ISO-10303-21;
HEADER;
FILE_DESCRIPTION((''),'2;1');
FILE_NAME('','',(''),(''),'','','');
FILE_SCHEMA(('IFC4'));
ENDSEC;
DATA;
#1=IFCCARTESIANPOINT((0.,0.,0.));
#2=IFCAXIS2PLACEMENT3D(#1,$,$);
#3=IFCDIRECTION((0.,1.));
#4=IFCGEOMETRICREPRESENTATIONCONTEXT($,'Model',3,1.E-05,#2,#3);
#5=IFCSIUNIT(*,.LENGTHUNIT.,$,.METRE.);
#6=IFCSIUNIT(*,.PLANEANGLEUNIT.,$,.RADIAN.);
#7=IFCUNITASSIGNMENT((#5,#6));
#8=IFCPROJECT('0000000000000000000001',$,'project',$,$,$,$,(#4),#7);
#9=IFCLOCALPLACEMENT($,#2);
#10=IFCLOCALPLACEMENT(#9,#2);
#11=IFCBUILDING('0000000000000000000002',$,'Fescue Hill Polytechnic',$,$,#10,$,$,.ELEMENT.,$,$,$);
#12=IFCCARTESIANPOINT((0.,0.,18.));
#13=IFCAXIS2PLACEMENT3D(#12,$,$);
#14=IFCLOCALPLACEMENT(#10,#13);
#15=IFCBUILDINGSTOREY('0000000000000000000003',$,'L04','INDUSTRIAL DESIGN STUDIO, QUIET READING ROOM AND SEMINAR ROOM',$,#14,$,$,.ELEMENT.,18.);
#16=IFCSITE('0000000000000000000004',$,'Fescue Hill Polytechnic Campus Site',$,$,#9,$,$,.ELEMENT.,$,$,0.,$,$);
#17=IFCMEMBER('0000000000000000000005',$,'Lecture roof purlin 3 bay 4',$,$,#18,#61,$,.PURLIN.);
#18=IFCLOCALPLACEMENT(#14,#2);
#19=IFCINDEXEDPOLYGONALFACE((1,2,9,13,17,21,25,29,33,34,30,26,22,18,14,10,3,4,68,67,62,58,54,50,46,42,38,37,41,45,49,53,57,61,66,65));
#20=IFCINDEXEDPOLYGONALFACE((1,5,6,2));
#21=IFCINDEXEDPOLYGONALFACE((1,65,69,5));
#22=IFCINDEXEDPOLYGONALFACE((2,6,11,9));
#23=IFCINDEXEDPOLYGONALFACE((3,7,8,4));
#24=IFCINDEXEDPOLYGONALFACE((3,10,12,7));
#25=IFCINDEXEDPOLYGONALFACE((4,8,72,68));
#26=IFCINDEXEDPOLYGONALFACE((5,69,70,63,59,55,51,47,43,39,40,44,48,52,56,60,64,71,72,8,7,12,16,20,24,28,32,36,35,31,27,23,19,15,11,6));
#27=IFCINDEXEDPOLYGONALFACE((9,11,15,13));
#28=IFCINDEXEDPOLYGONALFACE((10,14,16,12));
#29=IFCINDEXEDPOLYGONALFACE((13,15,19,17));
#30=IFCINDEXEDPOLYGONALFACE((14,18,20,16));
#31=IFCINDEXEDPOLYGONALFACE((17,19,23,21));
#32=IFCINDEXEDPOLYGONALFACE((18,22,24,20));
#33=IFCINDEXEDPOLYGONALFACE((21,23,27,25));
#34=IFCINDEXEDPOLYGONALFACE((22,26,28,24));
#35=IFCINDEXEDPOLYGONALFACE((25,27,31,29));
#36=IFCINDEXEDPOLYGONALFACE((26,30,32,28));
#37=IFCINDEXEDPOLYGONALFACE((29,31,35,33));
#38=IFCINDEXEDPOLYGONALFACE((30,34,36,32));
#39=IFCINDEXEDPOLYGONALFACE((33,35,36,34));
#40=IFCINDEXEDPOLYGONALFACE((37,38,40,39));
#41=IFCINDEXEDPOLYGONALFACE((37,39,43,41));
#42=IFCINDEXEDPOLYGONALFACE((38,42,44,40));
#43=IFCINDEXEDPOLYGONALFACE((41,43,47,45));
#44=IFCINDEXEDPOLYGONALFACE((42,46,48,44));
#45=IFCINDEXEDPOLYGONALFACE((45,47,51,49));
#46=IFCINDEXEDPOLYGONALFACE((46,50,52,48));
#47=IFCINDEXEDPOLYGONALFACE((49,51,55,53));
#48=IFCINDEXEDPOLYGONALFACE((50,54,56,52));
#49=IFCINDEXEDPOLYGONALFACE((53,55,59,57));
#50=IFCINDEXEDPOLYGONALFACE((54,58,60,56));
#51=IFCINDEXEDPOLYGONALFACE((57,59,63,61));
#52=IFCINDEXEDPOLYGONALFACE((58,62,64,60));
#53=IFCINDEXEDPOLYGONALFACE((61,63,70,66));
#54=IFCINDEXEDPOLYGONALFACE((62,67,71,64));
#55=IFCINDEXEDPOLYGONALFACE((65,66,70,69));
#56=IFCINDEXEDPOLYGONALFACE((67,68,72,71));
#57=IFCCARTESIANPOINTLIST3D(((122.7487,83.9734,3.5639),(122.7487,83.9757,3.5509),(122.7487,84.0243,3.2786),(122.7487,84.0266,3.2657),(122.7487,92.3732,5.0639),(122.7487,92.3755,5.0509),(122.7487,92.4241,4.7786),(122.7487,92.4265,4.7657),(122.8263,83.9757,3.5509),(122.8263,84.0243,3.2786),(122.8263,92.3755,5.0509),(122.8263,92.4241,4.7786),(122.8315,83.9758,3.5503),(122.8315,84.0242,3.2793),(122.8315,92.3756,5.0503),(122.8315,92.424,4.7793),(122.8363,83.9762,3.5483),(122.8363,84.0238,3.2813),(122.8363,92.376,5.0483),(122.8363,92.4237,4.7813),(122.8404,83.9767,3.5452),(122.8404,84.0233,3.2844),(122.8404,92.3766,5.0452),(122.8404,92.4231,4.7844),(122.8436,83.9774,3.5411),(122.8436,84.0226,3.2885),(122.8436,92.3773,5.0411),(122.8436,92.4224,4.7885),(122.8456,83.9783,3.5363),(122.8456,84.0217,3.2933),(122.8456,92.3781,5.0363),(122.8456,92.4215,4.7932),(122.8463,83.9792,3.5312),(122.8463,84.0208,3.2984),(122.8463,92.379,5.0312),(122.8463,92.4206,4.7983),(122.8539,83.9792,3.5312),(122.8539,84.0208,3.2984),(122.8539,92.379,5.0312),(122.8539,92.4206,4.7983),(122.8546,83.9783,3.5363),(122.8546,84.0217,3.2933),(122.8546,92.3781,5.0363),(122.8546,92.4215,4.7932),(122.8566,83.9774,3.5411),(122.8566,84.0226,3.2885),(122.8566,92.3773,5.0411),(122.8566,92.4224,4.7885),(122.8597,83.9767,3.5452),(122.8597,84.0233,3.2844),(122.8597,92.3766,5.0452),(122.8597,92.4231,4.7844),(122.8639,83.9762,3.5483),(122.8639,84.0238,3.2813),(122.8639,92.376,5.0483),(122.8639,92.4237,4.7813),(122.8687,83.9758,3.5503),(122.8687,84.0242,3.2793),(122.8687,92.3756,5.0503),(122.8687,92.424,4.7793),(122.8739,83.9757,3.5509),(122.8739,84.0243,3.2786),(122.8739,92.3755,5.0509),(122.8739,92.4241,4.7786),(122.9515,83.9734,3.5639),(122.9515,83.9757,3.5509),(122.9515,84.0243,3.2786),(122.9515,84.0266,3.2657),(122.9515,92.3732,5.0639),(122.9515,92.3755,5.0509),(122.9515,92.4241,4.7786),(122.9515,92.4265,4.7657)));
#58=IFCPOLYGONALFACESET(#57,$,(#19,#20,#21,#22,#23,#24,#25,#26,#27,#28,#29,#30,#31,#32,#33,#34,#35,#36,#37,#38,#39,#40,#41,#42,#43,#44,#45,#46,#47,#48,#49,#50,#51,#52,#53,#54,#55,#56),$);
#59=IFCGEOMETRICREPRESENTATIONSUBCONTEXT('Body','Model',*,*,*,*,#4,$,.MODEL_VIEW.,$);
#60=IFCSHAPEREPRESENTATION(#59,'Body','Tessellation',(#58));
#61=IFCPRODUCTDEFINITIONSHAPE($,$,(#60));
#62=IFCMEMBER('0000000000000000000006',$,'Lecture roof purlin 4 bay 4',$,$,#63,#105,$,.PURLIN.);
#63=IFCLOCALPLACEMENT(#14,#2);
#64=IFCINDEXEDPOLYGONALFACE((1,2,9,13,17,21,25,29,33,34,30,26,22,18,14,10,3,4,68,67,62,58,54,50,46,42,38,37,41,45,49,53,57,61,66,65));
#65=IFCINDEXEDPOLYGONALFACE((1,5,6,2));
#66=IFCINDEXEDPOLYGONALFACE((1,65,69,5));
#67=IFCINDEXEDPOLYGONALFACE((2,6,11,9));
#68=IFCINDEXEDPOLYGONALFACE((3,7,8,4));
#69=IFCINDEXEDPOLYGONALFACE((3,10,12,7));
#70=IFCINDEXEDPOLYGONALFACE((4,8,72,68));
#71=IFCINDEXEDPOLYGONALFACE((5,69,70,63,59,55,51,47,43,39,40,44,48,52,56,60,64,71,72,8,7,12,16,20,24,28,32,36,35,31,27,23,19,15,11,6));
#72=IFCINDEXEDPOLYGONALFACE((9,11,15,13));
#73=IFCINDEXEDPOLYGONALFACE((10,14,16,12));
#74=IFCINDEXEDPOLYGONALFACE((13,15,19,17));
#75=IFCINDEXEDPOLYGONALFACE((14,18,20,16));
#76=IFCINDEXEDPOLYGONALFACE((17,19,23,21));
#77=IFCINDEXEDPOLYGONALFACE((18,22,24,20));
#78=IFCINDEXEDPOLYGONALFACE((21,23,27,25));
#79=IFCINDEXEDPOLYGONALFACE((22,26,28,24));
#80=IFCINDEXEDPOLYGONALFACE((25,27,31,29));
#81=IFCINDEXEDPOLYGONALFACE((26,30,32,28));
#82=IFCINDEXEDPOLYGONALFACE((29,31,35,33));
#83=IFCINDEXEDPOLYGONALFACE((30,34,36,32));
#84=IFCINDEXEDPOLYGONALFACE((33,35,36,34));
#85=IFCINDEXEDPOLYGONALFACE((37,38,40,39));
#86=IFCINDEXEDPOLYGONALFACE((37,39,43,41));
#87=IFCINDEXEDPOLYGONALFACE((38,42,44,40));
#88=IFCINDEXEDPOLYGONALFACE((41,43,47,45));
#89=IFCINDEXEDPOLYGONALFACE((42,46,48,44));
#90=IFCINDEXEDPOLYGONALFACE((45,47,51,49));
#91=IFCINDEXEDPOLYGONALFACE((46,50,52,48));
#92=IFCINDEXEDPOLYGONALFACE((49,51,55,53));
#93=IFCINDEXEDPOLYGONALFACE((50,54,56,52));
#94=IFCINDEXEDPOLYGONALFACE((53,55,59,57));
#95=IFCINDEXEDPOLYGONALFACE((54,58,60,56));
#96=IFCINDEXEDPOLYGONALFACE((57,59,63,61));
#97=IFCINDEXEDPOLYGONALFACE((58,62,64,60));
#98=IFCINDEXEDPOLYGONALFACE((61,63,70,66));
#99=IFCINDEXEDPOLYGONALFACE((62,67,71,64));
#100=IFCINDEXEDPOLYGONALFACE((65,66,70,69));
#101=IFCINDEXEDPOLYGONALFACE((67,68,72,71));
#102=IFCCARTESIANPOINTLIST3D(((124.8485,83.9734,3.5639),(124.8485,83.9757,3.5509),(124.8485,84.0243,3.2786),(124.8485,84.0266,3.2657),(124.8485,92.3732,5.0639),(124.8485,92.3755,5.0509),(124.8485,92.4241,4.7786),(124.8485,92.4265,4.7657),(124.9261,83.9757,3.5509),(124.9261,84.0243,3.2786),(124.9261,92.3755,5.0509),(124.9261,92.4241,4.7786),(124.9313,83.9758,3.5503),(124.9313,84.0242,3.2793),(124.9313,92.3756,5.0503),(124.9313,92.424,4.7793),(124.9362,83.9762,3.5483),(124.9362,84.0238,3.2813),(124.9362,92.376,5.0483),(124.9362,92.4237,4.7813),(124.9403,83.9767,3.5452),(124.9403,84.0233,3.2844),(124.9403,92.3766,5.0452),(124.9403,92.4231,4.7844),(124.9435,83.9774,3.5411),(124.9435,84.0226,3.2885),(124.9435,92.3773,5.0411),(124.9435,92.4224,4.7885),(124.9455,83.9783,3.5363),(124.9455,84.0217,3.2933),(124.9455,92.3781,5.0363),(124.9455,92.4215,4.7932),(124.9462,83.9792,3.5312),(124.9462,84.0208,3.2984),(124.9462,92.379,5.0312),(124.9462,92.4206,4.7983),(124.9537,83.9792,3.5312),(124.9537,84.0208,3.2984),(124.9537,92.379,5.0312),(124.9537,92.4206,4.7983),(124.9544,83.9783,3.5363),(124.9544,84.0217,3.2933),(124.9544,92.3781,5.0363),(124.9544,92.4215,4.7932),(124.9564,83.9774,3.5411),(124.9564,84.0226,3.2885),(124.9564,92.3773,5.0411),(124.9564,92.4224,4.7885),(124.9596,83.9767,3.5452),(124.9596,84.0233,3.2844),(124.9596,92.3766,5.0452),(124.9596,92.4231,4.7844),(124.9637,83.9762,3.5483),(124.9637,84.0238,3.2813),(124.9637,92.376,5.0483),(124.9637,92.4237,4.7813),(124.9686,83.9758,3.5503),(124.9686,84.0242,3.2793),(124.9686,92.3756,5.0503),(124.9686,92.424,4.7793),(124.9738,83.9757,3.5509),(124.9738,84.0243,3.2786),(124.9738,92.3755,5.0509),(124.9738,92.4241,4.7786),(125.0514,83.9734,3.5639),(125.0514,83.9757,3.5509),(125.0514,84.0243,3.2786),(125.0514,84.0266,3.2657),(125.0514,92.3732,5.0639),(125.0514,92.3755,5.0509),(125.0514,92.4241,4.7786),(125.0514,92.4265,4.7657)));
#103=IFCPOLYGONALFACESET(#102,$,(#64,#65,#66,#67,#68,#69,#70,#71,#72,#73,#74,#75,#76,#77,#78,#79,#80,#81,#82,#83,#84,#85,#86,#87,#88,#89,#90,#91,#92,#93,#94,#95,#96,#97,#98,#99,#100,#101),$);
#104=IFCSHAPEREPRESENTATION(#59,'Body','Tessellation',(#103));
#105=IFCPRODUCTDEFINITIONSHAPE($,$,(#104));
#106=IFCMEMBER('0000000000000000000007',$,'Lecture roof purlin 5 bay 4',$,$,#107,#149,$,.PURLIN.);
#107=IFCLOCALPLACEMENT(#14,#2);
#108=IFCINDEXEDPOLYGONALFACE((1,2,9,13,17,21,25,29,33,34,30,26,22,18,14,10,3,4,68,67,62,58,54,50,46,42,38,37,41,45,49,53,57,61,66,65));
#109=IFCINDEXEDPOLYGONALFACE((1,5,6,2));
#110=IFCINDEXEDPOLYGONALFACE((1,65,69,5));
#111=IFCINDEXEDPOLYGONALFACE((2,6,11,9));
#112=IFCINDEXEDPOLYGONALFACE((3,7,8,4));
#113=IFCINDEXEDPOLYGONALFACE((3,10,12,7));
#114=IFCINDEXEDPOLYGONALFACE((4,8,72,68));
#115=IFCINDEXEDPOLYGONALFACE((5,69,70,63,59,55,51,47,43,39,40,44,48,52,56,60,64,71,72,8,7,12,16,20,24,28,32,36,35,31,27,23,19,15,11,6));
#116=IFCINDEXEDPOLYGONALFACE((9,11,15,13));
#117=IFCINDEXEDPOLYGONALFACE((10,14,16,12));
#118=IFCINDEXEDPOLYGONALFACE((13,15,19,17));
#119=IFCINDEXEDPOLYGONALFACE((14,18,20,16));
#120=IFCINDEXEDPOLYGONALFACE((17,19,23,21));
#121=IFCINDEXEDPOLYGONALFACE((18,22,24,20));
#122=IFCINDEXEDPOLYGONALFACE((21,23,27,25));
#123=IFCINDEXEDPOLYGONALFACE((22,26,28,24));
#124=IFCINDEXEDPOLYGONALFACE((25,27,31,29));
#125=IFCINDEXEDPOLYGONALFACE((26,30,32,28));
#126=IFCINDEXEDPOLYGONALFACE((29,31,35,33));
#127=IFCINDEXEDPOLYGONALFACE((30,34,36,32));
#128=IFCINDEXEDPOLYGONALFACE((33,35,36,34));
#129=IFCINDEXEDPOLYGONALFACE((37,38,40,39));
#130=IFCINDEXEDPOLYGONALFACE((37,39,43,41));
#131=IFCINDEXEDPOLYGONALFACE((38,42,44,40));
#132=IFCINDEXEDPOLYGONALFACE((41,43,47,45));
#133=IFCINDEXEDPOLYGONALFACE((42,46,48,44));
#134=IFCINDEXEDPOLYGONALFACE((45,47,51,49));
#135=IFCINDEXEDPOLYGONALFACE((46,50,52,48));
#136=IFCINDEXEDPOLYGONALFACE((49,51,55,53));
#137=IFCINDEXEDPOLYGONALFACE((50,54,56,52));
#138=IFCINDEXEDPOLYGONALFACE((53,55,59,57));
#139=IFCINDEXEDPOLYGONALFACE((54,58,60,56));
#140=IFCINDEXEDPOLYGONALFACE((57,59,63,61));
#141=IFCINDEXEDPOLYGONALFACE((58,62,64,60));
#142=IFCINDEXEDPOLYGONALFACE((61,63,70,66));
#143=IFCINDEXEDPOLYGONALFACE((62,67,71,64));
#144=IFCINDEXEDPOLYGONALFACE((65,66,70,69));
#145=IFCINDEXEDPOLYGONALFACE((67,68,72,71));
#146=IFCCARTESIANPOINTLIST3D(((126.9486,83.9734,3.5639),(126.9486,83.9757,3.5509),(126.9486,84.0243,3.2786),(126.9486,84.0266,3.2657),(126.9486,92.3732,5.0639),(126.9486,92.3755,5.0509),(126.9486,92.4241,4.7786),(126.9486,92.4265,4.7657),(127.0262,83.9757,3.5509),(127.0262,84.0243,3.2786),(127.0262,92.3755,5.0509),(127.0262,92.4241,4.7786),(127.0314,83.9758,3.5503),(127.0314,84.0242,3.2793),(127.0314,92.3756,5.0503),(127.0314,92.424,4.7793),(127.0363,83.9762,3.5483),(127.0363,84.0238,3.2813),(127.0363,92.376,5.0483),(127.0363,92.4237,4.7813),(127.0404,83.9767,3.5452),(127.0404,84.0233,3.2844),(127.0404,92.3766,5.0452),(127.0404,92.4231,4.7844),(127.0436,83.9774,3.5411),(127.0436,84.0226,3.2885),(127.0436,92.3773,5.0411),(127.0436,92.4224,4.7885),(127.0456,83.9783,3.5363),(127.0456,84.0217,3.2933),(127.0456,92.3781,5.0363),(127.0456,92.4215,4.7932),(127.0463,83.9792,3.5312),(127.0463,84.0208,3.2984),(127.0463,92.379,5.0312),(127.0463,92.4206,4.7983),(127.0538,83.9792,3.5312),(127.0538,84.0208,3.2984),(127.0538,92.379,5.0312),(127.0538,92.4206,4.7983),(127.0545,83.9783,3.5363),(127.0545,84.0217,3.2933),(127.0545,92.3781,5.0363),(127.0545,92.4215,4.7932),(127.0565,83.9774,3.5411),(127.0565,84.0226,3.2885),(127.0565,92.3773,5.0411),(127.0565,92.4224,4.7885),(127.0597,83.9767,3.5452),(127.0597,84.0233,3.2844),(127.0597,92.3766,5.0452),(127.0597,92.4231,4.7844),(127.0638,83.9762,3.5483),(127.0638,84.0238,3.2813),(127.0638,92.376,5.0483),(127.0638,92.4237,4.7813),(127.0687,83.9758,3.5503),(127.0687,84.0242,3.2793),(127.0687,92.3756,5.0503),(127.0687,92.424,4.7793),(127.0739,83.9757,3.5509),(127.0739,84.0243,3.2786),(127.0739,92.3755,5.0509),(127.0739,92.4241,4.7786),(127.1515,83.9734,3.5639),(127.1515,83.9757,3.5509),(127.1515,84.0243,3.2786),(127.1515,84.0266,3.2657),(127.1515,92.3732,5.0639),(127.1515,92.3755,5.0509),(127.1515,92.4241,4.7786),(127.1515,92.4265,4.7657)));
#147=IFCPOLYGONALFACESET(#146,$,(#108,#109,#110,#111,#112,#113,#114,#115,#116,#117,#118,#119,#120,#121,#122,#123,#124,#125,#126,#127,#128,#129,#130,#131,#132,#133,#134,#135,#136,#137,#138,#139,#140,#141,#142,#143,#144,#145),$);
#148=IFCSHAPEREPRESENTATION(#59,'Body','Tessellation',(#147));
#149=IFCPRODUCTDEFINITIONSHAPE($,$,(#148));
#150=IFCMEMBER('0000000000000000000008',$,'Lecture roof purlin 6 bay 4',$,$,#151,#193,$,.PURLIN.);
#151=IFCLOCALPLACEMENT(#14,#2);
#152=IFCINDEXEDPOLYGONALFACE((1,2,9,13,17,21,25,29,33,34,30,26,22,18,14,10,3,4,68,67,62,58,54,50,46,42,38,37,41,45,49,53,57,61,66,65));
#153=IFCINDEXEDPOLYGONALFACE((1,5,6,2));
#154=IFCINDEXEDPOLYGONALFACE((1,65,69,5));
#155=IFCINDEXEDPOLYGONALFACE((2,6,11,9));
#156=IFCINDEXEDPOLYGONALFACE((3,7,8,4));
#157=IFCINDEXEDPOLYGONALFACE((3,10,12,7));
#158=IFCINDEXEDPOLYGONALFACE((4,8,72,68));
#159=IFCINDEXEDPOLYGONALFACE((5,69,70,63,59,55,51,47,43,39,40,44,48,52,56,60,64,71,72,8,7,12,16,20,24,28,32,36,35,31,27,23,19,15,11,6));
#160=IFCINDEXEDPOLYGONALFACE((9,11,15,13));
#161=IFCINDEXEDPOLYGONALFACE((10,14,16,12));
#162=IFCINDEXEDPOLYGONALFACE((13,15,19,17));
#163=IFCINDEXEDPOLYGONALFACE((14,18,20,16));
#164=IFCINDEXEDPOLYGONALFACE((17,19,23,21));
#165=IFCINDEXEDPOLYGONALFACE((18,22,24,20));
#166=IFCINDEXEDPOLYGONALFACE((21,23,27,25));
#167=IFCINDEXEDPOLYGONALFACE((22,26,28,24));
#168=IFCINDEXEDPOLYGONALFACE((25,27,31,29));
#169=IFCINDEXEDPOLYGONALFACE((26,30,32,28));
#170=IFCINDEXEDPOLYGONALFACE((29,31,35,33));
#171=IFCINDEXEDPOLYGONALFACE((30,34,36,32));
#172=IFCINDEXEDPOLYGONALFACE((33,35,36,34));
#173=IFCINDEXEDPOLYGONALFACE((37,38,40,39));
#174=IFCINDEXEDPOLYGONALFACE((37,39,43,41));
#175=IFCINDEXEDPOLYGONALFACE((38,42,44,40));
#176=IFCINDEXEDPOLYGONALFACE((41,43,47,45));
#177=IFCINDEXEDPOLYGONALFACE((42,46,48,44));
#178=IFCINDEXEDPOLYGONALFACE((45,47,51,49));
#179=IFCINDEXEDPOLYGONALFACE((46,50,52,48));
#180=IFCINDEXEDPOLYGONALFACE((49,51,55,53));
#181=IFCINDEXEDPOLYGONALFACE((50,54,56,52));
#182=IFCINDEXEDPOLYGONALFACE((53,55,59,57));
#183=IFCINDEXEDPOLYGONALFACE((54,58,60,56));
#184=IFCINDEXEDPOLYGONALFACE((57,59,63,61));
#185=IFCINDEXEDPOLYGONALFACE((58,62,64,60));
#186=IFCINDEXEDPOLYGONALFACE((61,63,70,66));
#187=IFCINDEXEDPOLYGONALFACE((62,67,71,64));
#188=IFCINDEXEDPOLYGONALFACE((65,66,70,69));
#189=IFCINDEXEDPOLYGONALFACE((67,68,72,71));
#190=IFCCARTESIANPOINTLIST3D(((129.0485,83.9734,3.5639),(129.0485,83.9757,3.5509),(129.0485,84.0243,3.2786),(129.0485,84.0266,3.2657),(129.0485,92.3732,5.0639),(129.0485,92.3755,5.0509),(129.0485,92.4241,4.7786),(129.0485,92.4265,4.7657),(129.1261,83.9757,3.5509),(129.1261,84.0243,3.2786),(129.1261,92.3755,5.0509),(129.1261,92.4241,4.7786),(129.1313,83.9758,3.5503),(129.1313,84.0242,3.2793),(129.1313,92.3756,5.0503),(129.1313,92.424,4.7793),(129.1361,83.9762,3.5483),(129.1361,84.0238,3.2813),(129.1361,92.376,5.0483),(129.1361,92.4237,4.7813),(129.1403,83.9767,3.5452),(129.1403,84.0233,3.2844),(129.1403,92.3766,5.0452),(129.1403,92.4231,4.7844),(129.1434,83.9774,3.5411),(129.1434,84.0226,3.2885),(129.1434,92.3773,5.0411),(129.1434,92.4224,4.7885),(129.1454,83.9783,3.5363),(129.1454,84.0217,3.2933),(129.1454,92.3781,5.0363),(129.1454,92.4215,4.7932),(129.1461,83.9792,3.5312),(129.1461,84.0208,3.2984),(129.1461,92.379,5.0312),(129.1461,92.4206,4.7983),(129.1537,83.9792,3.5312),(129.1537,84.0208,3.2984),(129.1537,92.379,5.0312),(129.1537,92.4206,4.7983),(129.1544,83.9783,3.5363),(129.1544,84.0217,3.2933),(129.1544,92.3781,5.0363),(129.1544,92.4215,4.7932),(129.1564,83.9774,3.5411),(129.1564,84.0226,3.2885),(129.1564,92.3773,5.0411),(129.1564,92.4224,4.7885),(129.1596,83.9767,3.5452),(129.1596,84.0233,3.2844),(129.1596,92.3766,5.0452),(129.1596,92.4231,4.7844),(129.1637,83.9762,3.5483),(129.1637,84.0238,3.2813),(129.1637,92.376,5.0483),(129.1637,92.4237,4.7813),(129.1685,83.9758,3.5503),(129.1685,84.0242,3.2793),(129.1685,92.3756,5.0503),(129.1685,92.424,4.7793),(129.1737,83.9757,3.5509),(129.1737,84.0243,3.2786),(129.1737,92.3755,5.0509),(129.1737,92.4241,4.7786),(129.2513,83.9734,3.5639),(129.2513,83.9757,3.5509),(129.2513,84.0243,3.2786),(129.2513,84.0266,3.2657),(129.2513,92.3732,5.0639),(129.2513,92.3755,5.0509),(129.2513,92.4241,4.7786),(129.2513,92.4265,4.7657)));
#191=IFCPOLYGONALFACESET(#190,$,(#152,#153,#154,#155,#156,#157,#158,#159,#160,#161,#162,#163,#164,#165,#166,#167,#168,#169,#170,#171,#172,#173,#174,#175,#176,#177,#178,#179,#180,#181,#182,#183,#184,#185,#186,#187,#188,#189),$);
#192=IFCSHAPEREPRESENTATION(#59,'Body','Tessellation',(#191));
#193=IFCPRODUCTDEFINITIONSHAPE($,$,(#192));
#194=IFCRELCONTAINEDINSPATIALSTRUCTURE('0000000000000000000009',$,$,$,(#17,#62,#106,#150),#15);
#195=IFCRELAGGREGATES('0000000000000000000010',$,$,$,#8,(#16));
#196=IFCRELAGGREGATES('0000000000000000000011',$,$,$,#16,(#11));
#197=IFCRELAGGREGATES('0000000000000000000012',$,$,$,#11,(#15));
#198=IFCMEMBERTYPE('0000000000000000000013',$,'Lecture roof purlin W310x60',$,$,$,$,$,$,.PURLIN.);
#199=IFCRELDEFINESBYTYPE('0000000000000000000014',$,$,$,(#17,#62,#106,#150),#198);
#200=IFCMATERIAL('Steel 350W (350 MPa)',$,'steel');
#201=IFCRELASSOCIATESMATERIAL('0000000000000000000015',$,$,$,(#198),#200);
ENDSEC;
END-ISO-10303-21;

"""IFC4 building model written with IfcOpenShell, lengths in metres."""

from ifc_helpers import new_model, si_unit, direction, frame, origin, origin_2d, place, context, subcontext, project, spatial, i_section, extrude, material, material_profile, profile_set, type_object, element, save


model = new_model("IFC4")

# Units and contexts
model_context = context("Model", 3, precision=1e-05, world=origin(), true_north=direction((0.0, 1.0)))
body_context = subcontext(model_context, "Body", "Model", "MODEL_VIEW")
ifc_project = project(units=[si_unit("LENGTHUNIT", "METRE"), si_unit("PLANEANGLEUNIT", "RADIAN")], contexts=[model_context])

# Site, building, storey
site_placement = place(None, origin())
site = spatial("IfcSite", under=ifc_project, at=site_placement, Name="Fescue Hill Polytechnic Campus Site", CompositionType="ELEMENT", RefElevation=0.0)
building_placement = place(site_placement, origin())
building = spatial("IfcBuilding", under=site, at=building_placement, Name="Fescue Hill Polytechnic", CompositionType="ELEMENT")
storey_placement = place(building_placement, frame((0.0, 0.0, 18.0)))
storey = spatial("IfcBuildingStorey", under=building, at=storey_placement, Name="L04", Description="INDUSTRIAL DESIGN STUDIO, QUIET READING ROOM AND SEMINAR ROOM", CompositionType="ELEMENT", Elevation=18.0)

# Shared definitions
ifc_material_1 = material(Name="Steel 350W (350 MPa)", Category="steel")

# Members
ifc_material_profile_1 = material_profile(ifc_material_1, i_section(OverallWidth=0.2029, OverallDepth=0.303, WebThickness=0.0076, FlangeThickness=0.0132, FilletRadius=0.02, at=origin_2d()), Name="W310x60")
ifc_profile_set_1 = profile_set([ifc_material_profile_1], Name="Steel 350W (350 MPa)")
member_type = type_object("IfcMemberType", Name="Lecture roof purlin W310x60", PredefinedType="PURLIN", material=ifc_profile_set_1)
for number, where, z_axis, x_axis, name in (
    (1, (122.8501, 84.0, 3.4148), (0.0, 0.984427, 0.175793), (-1.0, 0.0, 0.0), "Lecture roof purlin 3 bay 4"),
    (2, (124.95, 84.0, 3.4148), (0.0, 0.984427, 0.175793), (-1.0, 0.0, 0.0), "Lecture roof purlin 4 bay 4"),
    (3, (127.05, 84.0, 3.4148), (0.0, 0.984427, 0.175793), (-1.0, 0.0, 0.0), "Lecture roof purlin 5 bay 4"),
    (4, (129.1499, 84.0, 3.4148), (0.0, 0.984427, 0.175793), (-1.0, 0.0, 0.0), "Lecture roof purlin 6 bay 4"),
):
    element("IfcMember", number, at=place(storey_placement, frame(where, z_axis=z_axis, x_axis=x_axis)), inside=storey, type_object=member_type, Name=name, PredefinedType="PURLIN", context=body_context, shape_type="SweptSolid", body=[
        extrude(i_section(OverallWidth=0.2029, OverallDepth=0.303, WebThickness=0.0076, FlangeThickness=0.0132, FilletRadius=0.02, at=origin_2d()), origin(), (0.0, 0.0, 1.0), 8.5327),
    ])

save(model, "model.ifc")
